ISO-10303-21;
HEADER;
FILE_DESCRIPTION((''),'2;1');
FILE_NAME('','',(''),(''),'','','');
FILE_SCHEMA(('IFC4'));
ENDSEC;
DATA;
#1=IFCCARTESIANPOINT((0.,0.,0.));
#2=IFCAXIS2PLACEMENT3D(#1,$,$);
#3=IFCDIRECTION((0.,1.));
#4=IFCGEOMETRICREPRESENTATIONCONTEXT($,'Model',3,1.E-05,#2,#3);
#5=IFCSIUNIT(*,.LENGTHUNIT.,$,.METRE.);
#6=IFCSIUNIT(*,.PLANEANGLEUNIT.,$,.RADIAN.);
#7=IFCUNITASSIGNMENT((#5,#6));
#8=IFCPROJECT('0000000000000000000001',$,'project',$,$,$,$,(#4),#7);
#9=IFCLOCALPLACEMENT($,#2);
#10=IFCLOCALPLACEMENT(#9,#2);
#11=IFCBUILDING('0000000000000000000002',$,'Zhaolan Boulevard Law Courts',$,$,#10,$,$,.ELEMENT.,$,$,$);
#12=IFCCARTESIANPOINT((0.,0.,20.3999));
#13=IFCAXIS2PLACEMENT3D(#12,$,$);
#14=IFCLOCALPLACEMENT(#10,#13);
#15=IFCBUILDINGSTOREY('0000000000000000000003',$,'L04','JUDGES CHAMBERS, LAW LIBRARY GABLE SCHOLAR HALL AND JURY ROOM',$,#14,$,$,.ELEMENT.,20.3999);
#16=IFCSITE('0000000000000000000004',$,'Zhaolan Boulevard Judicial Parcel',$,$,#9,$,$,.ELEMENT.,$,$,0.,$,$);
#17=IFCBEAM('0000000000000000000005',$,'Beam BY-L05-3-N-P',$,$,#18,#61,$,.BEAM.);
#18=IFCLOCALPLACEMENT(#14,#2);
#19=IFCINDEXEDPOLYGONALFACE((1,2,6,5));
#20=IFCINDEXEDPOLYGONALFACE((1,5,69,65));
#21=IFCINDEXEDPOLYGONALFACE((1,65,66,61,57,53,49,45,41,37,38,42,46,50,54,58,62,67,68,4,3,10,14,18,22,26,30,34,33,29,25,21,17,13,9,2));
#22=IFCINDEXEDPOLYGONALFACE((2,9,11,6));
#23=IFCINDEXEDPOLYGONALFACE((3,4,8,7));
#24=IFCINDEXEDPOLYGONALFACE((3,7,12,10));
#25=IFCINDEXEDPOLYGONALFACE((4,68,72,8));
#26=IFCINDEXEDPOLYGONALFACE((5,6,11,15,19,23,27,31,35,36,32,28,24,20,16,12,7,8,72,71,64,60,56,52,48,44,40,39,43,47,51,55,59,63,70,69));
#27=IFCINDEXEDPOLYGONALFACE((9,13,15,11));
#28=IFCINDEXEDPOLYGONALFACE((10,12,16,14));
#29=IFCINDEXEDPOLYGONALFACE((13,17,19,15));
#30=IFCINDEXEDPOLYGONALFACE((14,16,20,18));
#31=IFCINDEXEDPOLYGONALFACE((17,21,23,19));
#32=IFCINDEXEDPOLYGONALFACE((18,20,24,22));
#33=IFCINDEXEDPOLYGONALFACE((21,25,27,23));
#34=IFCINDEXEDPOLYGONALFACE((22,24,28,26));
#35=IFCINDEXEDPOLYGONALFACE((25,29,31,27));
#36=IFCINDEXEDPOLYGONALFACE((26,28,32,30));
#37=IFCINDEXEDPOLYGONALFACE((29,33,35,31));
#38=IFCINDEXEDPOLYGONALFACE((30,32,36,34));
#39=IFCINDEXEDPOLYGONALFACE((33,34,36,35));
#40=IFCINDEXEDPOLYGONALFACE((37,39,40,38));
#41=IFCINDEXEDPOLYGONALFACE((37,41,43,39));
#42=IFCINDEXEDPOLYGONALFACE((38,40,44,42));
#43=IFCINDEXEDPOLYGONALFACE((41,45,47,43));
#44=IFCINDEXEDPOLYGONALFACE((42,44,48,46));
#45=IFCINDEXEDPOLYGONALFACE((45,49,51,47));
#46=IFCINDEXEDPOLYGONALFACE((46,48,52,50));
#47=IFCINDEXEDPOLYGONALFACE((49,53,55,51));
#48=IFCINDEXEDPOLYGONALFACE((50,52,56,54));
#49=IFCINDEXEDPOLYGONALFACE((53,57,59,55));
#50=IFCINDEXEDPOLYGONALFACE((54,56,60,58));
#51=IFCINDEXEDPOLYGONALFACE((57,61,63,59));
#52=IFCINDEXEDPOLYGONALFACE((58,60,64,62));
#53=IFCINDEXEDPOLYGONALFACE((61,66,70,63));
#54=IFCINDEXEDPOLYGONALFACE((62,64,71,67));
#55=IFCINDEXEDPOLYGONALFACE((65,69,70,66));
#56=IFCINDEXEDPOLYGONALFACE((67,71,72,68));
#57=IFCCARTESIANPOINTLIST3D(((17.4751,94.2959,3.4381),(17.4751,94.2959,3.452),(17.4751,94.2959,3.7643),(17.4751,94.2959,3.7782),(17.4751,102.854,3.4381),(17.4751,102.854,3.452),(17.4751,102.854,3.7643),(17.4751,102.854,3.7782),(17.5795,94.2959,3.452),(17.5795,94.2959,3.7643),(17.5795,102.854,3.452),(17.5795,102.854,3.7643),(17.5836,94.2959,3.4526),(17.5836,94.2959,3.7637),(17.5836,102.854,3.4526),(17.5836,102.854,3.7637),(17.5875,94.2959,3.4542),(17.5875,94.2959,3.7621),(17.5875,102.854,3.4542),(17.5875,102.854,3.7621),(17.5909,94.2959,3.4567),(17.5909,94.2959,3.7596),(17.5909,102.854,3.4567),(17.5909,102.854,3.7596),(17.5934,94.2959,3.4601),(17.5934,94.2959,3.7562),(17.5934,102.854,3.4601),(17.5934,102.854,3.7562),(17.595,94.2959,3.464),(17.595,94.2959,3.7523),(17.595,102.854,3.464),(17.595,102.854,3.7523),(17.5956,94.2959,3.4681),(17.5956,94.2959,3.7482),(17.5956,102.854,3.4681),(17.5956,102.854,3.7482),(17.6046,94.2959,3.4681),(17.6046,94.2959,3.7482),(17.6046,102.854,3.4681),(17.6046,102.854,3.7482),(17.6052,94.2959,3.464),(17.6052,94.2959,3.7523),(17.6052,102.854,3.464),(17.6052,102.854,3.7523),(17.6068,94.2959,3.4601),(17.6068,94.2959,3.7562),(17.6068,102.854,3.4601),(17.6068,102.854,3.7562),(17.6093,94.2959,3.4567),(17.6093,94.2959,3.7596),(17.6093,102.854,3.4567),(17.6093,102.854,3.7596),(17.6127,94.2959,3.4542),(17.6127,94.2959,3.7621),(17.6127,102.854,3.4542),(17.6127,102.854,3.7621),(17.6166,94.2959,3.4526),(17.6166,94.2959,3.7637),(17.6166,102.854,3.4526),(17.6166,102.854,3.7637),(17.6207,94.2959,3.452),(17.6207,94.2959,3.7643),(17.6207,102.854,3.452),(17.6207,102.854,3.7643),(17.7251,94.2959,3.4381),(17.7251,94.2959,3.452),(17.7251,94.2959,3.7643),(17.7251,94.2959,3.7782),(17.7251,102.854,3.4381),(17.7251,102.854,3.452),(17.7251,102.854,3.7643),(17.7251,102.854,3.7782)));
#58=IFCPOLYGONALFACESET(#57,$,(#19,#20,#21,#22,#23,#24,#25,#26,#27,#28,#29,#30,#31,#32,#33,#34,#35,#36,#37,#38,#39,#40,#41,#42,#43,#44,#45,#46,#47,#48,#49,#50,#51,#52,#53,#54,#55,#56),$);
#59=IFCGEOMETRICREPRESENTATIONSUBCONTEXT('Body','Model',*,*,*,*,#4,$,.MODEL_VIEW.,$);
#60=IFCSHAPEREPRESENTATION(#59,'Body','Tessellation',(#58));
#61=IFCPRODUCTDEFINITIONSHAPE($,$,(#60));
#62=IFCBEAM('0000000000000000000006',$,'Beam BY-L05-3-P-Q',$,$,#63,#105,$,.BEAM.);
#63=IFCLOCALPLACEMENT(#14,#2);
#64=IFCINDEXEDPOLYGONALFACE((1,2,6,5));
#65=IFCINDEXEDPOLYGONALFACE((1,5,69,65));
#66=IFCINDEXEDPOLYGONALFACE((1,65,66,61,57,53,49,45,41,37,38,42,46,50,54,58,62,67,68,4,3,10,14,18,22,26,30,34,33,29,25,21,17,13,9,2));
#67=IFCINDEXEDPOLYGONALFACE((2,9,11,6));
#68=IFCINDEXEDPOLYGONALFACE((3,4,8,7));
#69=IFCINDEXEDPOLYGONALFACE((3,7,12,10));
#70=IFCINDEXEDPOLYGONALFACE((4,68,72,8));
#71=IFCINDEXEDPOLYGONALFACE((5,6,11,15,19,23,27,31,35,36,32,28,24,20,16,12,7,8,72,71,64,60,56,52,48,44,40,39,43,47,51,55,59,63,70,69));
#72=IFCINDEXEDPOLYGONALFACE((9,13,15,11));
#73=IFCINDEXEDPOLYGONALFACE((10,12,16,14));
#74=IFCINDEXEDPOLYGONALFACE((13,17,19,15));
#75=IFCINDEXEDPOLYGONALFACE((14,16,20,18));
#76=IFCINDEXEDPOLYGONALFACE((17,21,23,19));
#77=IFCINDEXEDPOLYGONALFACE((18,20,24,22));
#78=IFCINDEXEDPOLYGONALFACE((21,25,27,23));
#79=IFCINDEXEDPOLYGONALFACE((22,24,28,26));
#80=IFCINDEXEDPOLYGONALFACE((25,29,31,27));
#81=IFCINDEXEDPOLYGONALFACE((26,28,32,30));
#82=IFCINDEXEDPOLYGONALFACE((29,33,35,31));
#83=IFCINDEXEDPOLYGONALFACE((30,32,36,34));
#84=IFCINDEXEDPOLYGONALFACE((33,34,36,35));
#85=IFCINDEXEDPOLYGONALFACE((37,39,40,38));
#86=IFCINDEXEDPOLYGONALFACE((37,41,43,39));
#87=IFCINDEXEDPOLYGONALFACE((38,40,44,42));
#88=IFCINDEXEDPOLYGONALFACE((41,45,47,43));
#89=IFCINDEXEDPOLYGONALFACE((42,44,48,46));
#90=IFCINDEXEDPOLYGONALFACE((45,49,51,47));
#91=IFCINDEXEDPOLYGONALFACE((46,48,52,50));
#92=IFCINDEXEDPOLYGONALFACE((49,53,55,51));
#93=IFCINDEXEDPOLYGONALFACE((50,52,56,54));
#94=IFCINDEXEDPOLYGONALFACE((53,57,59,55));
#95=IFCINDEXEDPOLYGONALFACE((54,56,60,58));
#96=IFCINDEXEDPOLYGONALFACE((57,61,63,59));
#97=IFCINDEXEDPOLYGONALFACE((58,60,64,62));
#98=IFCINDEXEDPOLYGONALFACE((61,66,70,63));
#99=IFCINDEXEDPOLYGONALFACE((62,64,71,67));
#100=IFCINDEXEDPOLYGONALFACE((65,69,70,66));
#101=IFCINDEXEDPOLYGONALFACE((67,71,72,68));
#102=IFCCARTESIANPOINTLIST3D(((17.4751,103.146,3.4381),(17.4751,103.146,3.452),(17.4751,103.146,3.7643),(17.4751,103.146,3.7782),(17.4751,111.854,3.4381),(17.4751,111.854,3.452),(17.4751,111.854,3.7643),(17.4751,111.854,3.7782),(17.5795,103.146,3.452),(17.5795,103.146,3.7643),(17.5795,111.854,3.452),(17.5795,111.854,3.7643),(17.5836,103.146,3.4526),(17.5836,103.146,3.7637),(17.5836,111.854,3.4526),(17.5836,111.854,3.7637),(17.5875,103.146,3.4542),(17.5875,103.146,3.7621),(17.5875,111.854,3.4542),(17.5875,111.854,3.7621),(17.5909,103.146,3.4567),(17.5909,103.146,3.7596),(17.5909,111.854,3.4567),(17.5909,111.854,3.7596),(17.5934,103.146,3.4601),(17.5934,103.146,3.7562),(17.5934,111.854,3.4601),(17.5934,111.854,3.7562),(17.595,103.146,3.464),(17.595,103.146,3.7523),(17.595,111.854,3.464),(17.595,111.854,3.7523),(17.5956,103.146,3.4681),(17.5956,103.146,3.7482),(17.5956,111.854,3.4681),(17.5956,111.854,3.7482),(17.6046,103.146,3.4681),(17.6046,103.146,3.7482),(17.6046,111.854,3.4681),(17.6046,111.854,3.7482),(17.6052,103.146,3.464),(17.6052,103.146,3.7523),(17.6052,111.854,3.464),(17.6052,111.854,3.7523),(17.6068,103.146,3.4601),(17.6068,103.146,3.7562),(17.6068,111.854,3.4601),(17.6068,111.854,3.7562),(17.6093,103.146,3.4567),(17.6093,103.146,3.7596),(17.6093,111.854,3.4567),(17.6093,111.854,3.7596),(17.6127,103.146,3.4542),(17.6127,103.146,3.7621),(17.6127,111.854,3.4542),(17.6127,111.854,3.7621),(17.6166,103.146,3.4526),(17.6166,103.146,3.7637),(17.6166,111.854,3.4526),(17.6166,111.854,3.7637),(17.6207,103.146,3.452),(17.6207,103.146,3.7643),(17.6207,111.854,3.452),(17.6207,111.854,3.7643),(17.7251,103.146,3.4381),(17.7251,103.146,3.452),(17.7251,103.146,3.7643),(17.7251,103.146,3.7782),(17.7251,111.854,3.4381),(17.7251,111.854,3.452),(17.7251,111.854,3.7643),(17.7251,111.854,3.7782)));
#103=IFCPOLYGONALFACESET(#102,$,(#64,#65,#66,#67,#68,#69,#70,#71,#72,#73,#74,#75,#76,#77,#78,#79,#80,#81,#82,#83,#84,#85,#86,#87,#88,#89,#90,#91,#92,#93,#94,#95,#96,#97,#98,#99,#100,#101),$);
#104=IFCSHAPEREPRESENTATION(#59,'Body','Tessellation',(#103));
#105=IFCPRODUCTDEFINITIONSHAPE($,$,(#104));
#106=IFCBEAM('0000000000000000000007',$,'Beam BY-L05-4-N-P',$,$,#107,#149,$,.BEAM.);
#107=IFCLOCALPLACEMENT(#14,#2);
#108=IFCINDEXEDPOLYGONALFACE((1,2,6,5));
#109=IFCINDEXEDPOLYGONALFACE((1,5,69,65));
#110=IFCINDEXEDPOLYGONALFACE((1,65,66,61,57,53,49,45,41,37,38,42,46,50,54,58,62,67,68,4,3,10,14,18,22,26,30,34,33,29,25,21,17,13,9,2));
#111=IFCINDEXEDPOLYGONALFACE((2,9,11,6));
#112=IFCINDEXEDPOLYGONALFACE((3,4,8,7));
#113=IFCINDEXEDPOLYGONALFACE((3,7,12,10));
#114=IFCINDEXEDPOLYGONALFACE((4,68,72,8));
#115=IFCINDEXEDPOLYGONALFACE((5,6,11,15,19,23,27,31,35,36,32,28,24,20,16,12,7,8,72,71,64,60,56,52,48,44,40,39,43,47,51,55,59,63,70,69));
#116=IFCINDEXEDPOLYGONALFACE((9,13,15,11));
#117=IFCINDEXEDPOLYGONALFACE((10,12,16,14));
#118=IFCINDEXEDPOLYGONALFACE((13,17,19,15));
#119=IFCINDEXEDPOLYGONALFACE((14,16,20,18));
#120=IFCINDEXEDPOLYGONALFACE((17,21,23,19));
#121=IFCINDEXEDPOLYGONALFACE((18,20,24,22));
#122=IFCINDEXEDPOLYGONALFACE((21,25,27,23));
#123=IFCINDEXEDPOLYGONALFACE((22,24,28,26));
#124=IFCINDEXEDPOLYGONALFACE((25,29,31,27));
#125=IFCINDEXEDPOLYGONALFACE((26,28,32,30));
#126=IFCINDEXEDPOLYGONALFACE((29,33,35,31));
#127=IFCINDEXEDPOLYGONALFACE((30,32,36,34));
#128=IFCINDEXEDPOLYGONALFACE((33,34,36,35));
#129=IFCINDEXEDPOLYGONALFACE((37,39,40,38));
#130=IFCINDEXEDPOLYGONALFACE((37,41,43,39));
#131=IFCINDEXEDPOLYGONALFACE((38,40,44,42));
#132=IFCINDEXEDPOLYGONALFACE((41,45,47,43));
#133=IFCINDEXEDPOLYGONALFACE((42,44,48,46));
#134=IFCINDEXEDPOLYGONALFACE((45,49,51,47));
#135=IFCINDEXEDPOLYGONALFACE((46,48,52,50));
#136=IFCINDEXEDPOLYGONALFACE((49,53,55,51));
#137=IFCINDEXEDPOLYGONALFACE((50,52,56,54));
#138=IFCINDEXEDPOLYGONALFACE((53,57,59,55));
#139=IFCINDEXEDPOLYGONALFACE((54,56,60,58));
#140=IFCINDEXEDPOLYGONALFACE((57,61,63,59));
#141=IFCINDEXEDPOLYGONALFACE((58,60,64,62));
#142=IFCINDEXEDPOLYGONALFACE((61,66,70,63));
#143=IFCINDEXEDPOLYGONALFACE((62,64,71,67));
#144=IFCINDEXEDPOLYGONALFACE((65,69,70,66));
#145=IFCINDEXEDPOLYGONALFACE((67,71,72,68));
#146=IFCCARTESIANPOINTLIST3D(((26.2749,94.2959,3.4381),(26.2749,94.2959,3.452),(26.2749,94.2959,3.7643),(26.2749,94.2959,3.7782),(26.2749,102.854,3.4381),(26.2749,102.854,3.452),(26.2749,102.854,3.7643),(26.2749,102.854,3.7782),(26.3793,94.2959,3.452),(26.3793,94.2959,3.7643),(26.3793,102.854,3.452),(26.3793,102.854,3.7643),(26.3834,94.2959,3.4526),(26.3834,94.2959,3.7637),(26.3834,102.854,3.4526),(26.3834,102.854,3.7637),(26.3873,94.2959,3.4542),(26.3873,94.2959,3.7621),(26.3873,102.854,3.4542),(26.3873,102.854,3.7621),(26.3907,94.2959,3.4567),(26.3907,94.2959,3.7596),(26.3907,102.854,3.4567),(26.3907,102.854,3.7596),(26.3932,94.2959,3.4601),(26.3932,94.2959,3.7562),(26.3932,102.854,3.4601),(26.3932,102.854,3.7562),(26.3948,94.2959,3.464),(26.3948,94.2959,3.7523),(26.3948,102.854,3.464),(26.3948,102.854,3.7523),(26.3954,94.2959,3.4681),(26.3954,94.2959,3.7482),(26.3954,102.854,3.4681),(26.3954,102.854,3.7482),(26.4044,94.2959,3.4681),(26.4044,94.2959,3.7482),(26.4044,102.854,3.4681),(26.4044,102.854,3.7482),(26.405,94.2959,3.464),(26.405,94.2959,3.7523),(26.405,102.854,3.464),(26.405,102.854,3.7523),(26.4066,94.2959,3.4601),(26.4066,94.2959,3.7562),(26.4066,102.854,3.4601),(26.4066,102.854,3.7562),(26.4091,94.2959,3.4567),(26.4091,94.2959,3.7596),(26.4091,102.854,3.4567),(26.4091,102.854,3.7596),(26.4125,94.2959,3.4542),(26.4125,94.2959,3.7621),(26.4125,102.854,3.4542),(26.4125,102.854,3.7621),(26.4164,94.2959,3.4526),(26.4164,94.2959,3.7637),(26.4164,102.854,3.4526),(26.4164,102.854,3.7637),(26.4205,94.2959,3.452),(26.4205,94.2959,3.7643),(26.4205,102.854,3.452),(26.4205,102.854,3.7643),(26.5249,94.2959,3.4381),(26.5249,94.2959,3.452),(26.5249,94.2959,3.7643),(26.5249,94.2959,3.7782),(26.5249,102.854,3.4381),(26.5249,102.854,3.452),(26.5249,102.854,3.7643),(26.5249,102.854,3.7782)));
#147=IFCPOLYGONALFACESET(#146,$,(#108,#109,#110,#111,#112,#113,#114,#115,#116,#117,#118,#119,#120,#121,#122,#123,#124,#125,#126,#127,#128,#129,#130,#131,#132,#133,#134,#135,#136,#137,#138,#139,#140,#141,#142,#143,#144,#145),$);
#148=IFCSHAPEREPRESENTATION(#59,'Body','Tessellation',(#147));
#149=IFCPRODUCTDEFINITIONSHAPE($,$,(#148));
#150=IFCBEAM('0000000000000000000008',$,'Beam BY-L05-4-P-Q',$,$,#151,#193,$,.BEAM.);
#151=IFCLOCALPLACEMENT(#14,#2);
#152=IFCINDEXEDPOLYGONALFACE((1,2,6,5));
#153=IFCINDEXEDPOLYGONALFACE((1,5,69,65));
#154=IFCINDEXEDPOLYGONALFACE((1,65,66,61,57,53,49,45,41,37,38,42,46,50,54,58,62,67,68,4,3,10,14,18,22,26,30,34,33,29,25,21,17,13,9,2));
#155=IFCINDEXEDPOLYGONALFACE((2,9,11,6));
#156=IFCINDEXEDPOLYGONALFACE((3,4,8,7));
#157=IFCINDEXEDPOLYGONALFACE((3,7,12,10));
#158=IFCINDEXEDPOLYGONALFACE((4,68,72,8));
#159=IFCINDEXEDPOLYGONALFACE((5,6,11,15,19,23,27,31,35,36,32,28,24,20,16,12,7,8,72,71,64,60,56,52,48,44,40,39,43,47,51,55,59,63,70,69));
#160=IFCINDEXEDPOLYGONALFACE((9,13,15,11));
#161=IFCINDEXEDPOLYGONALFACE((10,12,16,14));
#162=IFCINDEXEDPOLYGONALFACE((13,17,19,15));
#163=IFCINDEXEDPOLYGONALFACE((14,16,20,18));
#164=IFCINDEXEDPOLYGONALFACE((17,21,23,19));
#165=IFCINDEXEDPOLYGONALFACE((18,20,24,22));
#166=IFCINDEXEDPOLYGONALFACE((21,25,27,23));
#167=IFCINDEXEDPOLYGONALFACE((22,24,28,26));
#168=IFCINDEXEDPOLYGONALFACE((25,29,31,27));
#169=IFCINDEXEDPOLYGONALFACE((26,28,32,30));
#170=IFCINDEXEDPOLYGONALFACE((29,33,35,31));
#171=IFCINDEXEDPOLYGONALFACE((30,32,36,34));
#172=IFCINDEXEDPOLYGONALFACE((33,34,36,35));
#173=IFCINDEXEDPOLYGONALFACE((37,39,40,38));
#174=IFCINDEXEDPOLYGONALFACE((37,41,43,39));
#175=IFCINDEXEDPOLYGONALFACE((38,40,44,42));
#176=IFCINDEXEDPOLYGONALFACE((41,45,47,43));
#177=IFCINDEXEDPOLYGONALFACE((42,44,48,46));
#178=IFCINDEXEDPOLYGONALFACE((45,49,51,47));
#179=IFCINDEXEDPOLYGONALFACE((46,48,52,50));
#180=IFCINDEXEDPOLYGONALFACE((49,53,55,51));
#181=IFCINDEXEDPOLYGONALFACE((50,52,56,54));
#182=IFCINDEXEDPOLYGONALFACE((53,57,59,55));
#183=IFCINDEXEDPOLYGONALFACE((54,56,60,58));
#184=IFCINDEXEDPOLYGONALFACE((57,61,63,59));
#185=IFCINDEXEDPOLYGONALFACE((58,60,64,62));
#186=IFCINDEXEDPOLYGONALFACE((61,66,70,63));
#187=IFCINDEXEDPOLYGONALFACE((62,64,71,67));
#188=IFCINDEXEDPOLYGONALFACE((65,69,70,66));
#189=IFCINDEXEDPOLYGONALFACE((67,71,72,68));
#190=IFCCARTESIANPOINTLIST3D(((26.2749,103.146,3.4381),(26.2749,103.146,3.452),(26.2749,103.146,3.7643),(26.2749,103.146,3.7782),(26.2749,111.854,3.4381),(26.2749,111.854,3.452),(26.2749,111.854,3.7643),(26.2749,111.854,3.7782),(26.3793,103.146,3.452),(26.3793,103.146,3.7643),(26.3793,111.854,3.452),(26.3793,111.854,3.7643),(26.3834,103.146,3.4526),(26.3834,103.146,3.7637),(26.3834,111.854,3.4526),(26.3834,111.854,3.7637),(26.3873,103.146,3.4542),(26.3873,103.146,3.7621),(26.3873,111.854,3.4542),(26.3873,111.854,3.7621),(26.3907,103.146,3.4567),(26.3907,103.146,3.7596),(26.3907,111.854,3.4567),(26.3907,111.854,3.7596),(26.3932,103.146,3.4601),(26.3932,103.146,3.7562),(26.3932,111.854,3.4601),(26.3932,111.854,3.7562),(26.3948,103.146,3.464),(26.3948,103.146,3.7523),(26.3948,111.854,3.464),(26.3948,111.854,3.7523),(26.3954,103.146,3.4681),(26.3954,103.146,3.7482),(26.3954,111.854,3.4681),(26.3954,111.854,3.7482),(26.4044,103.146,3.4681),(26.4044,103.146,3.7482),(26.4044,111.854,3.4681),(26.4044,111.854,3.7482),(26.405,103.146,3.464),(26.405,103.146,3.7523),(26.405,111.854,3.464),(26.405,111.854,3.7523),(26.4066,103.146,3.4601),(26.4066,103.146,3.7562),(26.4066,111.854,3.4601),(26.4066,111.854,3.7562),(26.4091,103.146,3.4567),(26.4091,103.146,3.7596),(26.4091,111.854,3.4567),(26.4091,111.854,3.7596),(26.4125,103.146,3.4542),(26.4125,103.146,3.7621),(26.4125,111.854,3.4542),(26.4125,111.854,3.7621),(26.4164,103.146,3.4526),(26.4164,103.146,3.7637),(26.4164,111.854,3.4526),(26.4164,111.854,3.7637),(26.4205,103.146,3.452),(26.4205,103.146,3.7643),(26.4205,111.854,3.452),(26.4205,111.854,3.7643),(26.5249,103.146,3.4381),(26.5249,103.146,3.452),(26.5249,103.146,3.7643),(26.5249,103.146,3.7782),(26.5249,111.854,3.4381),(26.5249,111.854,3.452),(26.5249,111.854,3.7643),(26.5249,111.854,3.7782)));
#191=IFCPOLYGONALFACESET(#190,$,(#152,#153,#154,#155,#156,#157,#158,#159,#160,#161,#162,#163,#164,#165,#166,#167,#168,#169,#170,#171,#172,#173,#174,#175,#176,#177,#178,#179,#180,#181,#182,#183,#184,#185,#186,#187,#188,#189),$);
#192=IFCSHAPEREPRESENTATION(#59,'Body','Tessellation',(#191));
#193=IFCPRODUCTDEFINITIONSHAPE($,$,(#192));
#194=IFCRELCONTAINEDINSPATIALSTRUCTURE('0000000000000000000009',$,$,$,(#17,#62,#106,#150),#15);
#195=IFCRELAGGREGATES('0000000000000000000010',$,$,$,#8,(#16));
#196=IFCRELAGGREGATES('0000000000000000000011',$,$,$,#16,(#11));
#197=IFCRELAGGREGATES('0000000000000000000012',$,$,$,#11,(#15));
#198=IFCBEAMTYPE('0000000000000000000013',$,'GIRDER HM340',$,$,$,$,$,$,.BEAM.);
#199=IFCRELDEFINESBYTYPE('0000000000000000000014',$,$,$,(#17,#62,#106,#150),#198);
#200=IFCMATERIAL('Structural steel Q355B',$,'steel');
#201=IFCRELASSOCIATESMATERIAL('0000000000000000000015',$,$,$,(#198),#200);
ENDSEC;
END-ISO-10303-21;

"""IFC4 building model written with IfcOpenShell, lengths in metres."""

from ifc_helpers import new_model, si_unit, direction, frame, origin, origin_2d, place, context, subcontext, project, spatial, i_section, extrude, material, material_profile, profile_set, type_object, element, save


model = new_model("IFC4")

# Units and contexts
model_context = context("Model", 3, precision=1e-05, world=origin(), true_north=direction((0.0, 1.0)))
body_context = subcontext(model_context, "Body", "Model", "MODEL_VIEW")
ifc_project = project(units=[si_unit("LENGTHUNIT", "METRE"), si_unit("PLANEANGLEUNIT", "RADIAN")], contexts=[model_context])

# Site, building, storey
site_placement = place(None, origin())
site = spatial("IfcSite", under=ifc_project, at=site_placement, Name="Zhaolan Boulevard Judicial Parcel", CompositionType="ELEMENT", RefElevation=0.0)
building_placement = place(site_placement, origin())
building = spatial("IfcBuilding", under=site, at=building_placement, Name="Zhaolan Boulevard Law Courts", CompositionType="ELEMENT")
storey_placement = place(building_placement, frame((0.0, 0.0, 20.3999)))
storey = spatial("IfcBuildingStorey", under=building, at=storey_placement, Name="L04", Description="JUDGES CHAMBERS, LAW LIBRARY GABLE SCHOLAR HALL AND JURY ROOM", CompositionType="ELEMENT", Elevation=20.3999)

# Beams
ifc_material_1 = material(Name="Structural steel Q355B", Category="steel")
ifc_material_profile_1 = material_profile(ifc_material_1, i_section(OverallWidth=0.25, OverallDepth=0.3401, WebThickness=0.009, FlangeThickness=0.0139, FilletRadius=0.0161, at=origin_2d()), Name="HM340x250")
ifc_profile_set_1 = profile_set([ifc_material_profile_1], Name="Structural steel Q355B")
beam_type_1 = type_object("IfcBeamType", Name="GIRDER HM340", PredefinedType="BEAM", material=ifc_profile_set_1)
beam_1_placement = place(storey_placement, frame((17.6001, 94.2959, 3.6082), z_axis=(0.0, 1.0, 0.0), x_axis=(-1.0, 0.0, 0.0)))
element("IfcBeam", 1, at=beam_1_placement, inside=storey, type_object=beam_type_1, Name="Beam BY-L05-3-N-P", PredefinedType="BEAM", context=body_context, shape_type="SweptSolid", body=[
    extrude(i_section(OverallWidth=0.25, OverallDepth=0.3401, WebThickness=0.009, FlangeThickness=0.0139, FilletRadius=0.0161, at=origin_2d()), origin(), (0.0, 0.0, 1.0), 8.5581),
])
beam_2_placement = place(storey_placement, frame((17.6001, 103.146, 3.6082), z_axis=(0.0, 1.0, 0.0), x_axis=(-1.0, 0.0, 0.0)))
element("IfcBeam", 2, at=beam_2_placement, inside=storey, type_object=beam_type_1, Name="Beam BY-L05-3-P-Q", PredefinedType="BEAM", context=body_context, shape_type="SweptSolid", body=[
    extrude(i_section(OverallWidth=0.25, OverallDepth=0.3401, WebThickness=0.009, FlangeThickness=0.0139, FilletRadius=0.0161, at=origin_2d()), origin(), (0.0, 0.0, 1.0), 8.708),
])
beam_3_placement = place(storey_placement, frame((26.3999, 94.2959, 3.6082), z_axis=(0.0, 1.0, 0.0), x_axis=(-1.0, 0.0, 0.0)))
element("IfcBeam", 3, at=beam_3_placement, inside=storey, type_object=beam_type_1, Name="Beam BY-L05-4-N-P", PredefinedType="BEAM", context=body_context, shape_type="SweptSolid", body=[
    extrude(i_section(OverallWidth=0.25, OverallDepth=0.3401, WebThickness=0.009, FlangeThickness=0.0139, FilletRadius=0.0161, at=origin_2d()), origin(), (0.0, 0.0, 1.0), 8.5581),
])
beam_4_placement = place(storey_placement, frame((26.3999, 103.146, 3.6082), z_axis=(0.0, 1.0, 0.0), x_axis=(-1.0, 0.0, 0.0)))
element("IfcBeam", 4, at=beam_4_placement, inside=storey, type_object=beam_type_1, Name="Beam BY-L05-4-P-Q", PredefinedType="BEAM", context=body_context, shape_type="SweptSolid", body=[
    extrude(i_section(OverallWidth=0.25, OverallDepth=0.3401, WebThickness=0.009, FlangeThickness=0.0139, FilletRadius=0.0161, at=origin_2d()), origin(), (0.0, 0.0, 1.0), 8.708),
])

save(model, "model.ifc")
